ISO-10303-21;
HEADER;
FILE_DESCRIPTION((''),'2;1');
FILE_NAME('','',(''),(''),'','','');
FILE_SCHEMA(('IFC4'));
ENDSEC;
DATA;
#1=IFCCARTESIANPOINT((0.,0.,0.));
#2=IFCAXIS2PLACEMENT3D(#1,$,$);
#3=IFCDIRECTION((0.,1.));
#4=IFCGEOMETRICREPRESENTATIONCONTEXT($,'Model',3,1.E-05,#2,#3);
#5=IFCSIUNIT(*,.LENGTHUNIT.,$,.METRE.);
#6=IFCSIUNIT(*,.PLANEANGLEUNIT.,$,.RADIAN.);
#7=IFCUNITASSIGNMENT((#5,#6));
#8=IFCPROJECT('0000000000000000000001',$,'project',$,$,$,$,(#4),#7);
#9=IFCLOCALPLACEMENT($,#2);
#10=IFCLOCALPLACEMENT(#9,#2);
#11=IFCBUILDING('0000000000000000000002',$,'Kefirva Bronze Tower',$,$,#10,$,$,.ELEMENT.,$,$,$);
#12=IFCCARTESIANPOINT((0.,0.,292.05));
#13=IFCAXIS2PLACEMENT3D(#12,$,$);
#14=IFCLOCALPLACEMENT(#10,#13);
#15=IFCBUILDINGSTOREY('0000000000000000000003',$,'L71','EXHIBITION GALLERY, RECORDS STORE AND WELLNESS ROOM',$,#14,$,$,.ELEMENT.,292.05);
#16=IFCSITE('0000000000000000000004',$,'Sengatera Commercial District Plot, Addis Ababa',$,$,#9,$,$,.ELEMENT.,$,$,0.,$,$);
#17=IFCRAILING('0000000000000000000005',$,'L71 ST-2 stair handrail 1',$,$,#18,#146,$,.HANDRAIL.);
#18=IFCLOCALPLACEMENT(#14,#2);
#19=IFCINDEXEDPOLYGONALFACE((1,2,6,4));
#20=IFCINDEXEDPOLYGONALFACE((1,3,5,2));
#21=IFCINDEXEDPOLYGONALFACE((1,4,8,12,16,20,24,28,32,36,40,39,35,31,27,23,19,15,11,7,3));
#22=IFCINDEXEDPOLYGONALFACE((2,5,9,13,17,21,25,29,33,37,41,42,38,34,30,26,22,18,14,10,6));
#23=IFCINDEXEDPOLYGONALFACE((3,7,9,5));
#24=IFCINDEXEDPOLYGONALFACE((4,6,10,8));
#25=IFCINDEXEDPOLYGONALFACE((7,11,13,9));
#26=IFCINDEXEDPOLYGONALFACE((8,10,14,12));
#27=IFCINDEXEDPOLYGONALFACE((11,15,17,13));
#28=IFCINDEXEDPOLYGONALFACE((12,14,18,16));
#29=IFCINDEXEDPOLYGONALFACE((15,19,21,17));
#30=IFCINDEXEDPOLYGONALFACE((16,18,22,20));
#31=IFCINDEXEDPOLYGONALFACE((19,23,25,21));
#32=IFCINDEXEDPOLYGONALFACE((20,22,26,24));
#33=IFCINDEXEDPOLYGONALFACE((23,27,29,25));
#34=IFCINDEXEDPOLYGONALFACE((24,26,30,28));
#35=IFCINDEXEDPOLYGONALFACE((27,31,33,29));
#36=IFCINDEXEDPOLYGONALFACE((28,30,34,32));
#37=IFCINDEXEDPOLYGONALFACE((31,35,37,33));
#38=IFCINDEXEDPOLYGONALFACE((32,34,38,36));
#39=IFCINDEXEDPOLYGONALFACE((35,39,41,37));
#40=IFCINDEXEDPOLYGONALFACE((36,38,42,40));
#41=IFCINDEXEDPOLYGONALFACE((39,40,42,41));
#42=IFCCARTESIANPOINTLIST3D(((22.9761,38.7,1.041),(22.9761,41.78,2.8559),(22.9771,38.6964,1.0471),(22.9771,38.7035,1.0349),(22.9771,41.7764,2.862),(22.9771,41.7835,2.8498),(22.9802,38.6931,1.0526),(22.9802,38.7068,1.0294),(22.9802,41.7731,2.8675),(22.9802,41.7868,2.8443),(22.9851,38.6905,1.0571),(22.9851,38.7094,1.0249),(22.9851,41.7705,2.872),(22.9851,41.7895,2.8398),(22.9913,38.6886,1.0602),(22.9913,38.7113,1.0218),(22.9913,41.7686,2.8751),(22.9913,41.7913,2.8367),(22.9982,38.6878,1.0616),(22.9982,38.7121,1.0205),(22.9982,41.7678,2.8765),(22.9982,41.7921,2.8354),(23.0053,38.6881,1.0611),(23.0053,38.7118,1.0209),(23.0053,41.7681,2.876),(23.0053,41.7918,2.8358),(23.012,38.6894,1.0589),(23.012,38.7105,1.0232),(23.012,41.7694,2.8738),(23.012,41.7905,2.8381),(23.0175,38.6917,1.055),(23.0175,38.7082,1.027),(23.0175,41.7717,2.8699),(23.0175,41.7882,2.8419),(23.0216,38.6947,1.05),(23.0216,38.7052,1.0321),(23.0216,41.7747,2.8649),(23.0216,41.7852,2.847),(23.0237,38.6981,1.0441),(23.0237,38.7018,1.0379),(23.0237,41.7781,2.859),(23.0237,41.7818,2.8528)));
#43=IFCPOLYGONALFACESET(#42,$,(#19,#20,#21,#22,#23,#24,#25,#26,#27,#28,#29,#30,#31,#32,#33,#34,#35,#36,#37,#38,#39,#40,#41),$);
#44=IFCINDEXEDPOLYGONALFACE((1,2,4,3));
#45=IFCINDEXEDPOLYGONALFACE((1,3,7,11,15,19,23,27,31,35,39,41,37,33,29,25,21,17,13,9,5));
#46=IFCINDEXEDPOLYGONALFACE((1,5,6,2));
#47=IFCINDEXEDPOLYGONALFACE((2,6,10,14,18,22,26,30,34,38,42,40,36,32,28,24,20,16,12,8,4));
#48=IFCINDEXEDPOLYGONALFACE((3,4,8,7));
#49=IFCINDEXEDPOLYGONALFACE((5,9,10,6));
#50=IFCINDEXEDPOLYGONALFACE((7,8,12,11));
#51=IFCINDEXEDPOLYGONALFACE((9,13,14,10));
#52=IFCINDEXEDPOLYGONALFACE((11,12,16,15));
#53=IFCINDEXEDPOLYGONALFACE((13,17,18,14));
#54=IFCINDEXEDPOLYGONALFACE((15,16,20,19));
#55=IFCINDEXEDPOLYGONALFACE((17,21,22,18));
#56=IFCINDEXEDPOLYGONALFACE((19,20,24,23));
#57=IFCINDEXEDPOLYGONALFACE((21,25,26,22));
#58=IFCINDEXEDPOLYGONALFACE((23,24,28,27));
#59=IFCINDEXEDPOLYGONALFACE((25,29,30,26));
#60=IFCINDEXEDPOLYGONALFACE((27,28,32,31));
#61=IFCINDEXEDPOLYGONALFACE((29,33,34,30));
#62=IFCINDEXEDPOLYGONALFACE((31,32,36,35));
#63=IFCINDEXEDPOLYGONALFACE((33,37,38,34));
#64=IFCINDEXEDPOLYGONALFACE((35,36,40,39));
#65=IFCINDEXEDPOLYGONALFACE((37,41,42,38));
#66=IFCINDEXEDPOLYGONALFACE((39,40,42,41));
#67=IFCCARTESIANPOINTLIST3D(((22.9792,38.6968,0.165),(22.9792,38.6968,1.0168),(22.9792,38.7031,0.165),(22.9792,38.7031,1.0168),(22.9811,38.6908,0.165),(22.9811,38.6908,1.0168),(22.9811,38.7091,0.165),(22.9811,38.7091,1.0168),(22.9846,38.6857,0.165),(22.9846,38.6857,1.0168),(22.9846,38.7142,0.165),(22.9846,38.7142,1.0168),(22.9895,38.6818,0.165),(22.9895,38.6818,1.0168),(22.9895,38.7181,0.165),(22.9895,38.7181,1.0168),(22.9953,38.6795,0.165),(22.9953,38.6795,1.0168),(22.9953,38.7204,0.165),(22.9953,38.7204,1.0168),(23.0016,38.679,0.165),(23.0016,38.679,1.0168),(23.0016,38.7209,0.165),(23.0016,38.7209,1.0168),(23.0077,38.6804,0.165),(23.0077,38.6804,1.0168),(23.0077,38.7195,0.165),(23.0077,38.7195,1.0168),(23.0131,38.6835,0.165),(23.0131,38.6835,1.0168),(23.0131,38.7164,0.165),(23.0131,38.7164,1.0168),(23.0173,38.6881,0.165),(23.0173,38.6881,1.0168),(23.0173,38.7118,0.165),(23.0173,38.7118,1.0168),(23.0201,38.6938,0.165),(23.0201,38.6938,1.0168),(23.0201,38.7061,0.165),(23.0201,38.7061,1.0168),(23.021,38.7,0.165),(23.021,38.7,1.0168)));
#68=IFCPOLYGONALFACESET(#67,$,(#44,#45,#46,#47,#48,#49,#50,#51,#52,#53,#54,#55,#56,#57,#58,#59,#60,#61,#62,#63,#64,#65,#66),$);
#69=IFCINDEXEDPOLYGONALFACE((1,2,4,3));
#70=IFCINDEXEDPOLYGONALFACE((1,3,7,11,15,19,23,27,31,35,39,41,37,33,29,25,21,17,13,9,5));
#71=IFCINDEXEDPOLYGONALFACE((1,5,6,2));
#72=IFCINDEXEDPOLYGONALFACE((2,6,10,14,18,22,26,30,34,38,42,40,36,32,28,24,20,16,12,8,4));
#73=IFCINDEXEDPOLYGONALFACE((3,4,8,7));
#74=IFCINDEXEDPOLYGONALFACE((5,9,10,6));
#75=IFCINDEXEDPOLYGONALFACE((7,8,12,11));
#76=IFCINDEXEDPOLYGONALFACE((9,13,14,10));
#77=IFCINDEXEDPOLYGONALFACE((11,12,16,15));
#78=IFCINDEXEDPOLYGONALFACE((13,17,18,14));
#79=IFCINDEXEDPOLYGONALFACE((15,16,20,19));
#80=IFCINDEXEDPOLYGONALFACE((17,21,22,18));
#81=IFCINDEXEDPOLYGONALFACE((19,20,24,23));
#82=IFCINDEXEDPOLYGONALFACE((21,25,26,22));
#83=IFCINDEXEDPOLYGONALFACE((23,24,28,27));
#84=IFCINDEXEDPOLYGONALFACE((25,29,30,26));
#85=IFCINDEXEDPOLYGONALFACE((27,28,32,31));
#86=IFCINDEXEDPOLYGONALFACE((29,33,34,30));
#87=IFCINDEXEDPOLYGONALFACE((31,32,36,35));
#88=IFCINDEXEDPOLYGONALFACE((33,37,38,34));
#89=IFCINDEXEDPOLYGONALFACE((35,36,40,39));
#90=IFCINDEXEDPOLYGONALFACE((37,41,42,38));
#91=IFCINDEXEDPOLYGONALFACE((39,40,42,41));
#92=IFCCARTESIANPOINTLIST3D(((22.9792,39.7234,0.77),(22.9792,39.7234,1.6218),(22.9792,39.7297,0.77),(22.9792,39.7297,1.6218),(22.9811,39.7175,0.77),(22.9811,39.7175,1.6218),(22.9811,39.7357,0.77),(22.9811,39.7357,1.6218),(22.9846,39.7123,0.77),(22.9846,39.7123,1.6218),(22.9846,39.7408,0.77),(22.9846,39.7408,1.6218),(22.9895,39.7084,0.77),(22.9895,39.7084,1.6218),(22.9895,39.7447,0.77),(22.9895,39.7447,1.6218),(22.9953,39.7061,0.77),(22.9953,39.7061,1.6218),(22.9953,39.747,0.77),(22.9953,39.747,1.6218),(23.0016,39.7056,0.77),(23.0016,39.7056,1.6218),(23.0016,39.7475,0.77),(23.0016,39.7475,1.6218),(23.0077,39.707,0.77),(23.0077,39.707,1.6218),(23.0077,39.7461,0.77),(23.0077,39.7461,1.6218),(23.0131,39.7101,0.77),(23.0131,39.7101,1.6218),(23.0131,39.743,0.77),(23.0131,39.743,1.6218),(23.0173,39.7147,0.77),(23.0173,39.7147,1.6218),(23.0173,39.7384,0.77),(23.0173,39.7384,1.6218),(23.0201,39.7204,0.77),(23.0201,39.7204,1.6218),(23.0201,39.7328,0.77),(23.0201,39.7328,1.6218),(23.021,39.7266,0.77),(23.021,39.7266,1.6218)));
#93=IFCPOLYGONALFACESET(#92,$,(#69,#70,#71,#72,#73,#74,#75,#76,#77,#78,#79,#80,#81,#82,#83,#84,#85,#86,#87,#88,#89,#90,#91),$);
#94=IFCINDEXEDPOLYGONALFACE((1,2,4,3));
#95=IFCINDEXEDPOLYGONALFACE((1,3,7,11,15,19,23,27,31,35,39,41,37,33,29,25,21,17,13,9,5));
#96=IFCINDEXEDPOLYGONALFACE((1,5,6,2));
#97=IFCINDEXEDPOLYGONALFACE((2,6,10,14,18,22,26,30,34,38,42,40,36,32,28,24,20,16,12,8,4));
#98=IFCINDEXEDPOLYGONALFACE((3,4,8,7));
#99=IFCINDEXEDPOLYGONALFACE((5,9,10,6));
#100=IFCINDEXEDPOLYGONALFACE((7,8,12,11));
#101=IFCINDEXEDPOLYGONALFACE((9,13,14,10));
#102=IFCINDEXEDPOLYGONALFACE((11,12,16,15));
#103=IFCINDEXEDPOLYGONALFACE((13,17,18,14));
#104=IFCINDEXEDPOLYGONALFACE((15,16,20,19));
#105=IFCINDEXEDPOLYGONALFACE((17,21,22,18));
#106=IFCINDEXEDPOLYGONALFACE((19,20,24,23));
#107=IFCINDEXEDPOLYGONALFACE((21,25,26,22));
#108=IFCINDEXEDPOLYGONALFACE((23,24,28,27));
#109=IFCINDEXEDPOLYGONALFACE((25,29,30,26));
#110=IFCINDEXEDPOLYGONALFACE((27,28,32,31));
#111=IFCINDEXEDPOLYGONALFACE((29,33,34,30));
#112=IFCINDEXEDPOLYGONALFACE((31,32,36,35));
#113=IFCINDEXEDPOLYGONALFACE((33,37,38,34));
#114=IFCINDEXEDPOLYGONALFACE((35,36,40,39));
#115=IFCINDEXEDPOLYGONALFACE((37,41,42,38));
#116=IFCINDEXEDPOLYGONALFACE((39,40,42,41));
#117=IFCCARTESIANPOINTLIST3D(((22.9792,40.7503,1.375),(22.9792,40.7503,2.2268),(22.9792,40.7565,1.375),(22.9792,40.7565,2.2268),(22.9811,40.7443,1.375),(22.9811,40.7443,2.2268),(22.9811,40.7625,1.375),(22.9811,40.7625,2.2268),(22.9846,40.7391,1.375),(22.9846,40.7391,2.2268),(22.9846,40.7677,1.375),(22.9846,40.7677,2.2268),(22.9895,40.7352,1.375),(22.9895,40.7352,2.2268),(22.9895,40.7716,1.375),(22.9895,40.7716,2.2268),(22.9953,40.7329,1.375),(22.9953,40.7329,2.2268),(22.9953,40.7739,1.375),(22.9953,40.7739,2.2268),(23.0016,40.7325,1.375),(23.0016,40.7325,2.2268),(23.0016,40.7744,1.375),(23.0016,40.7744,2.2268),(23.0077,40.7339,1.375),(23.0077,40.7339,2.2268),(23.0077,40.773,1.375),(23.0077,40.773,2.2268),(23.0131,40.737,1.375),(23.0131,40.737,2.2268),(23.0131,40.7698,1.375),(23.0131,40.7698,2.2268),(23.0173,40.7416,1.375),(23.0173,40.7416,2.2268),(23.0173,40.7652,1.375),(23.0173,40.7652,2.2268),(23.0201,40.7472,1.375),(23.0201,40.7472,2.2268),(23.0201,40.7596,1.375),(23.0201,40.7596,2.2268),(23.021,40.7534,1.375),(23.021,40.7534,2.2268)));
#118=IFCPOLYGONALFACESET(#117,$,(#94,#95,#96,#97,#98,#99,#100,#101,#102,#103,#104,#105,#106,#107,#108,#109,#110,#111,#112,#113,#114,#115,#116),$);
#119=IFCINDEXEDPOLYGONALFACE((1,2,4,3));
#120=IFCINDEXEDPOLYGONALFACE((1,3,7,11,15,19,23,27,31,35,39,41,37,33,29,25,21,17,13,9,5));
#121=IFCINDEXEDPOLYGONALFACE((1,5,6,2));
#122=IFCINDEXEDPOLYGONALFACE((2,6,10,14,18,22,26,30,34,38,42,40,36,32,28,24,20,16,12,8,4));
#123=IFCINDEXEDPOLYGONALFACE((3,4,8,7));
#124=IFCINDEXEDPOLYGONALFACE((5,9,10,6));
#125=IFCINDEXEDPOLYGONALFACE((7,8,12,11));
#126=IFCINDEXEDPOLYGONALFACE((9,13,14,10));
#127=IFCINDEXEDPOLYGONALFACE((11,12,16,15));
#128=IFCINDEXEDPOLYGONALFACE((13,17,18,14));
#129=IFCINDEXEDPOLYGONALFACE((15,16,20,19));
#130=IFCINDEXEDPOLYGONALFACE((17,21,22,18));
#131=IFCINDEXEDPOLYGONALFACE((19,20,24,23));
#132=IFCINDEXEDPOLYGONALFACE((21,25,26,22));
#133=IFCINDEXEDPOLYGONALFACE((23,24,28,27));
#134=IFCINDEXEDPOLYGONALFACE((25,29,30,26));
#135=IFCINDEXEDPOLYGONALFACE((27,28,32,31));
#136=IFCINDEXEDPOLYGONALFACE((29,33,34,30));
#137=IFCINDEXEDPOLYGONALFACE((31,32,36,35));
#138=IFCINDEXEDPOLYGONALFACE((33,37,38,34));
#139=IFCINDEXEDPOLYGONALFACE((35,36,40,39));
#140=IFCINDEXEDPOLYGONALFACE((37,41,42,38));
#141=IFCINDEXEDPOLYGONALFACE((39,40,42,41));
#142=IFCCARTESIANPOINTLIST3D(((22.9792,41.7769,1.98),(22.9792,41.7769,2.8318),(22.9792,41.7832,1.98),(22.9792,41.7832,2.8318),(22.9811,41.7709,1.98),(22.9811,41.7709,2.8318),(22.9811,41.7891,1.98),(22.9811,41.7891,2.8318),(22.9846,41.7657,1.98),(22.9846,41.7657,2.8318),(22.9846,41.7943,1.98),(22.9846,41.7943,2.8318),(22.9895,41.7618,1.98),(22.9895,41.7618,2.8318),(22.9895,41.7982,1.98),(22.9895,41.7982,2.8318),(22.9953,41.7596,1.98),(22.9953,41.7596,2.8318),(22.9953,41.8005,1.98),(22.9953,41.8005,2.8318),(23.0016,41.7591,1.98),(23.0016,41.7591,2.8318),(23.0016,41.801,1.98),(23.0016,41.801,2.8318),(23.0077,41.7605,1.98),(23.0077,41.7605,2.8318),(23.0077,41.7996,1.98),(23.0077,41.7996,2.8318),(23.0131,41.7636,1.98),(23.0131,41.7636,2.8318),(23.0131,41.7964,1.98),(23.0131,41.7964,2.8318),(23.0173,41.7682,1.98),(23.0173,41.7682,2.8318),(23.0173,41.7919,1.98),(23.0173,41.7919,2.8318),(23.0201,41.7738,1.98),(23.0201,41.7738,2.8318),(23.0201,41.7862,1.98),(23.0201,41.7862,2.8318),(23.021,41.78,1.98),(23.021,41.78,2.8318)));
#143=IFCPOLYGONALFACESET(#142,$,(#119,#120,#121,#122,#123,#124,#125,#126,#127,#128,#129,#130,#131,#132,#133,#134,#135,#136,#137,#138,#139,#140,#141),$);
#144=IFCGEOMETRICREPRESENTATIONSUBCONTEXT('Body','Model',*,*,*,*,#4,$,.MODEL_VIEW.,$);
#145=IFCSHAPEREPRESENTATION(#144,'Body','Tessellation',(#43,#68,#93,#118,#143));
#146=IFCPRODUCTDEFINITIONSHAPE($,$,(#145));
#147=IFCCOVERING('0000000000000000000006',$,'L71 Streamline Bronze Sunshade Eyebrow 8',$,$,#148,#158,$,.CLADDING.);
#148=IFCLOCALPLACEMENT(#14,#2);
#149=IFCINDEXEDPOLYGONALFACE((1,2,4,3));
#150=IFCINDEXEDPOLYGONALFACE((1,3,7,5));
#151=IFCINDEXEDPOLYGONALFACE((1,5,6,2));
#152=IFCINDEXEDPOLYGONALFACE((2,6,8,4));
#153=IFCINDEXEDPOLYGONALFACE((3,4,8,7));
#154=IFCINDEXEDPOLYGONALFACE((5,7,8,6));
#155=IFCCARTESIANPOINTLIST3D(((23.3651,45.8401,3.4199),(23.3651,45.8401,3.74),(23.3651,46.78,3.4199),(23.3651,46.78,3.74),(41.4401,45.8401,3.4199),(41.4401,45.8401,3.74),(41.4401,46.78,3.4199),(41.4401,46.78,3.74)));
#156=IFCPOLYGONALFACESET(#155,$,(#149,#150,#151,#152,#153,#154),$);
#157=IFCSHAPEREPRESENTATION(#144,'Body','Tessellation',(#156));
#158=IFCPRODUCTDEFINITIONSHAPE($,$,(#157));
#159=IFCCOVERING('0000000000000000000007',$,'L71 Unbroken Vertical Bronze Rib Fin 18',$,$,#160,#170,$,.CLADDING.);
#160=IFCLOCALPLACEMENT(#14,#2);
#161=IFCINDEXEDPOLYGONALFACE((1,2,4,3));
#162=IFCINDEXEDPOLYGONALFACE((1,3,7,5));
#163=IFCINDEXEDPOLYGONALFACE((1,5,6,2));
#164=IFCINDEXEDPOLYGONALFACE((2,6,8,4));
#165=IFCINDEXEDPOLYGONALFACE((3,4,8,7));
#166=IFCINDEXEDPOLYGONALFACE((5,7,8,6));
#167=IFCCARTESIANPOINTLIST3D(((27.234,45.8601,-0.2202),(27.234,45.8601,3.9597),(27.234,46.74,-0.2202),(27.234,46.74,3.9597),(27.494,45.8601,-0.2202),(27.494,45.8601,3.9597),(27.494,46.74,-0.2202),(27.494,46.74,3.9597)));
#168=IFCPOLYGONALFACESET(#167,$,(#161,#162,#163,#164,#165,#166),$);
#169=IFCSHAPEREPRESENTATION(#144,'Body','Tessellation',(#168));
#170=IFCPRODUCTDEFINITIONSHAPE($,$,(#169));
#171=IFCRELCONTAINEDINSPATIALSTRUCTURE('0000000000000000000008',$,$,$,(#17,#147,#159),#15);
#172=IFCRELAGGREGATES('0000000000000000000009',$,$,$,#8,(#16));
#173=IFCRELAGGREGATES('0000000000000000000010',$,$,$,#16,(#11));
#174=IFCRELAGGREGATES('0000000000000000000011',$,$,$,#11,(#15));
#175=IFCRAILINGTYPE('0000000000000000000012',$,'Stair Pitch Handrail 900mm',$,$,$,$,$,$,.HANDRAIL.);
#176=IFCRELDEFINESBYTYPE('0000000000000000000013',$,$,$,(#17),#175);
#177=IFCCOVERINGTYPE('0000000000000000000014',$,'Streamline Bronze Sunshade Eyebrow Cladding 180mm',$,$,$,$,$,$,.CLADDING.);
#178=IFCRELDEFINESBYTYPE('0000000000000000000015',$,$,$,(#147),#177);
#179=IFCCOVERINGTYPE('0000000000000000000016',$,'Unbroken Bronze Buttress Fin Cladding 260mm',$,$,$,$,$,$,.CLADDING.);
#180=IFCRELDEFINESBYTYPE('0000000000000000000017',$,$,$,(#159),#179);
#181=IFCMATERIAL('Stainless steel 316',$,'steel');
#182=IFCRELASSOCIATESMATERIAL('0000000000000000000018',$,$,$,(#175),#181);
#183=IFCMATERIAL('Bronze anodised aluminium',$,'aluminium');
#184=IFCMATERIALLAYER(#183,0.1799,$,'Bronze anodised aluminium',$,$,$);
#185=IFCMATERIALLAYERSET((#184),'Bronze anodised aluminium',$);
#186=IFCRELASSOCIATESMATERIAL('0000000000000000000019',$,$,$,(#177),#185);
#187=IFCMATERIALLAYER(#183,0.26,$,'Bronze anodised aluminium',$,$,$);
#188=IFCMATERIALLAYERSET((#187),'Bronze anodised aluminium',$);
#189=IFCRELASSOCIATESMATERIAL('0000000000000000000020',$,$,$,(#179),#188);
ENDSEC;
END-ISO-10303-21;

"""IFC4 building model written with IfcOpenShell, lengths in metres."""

from ifc_helpers import new_model, si_unit, direction, frame, origin, origin_2d, place, context, subcontext, project, spatial, rectangle, circle, extrude, material, layer, layer_set, type_object, element, save


model = new_model("IFC4")

# Units and contexts
model_context = context("Model", 3, precision=1e-05, world=origin(), true_north=direction((0.0, 1.0)))
body_context = subcontext(model_context, "Body", "Model", "MODEL_VIEW")
ifc_project = project(units=[si_unit("LENGTHUNIT", "METRE"), si_unit("PLANEANGLEUNIT", "RADIAN")], contexts=[model_context])

# Site, building, storey
site_placement = place(None, origin())
site = spatial("IfcSite", under=ifc_project, at=site_placement, Name="Sengatera Commercial District Plot, Addis Ababa", CompositionType="ELEMENT", RefElevation=0.0)
building_placement = place(site_placement, origin())
building = spatial("IfcBuilding", under=site, at=building_placement, Name="Kefirva Bronze Tower", CompositionType="ELEMENT")
storey_placement = place(building_placement, frame((0.0, 0.0, 292.05)))
storey = spatial("IfcBuildingStorey", under=building, at=storey_placement, Name="L71", Description="EXHIBITION GALLERY, RECORDS STORE AND WELLNESS ROOM", CompositionType="ELEMENT", Elevation=292.05)

# Shared definitions
ifc_material_1 = material(Name="Bronze anodised aluminium", Category="aluminium")

# Railing
ifc_material_2 = material(Name="Stainless steel 316", Category="steel")
railing_type_1 = type_object("IfcRailingType", Name="Stair Pitch Handrail 900mm", PredefinedType="HANDRAIL", material=ifc_material_2)
railing_1_placement = place(storey_placement, frame((23.0, 38.7, 0.165)))
element("IfcRailing", 1, at=railing_1_placement, inside=storey, type_object=railing_type_1, Name="L71 ST-2 stair handrail 1", PredefinedType="HANDRAIL", context=body_context, shape_type="SweptSolid", body=[
    extrude(circle(Radius=0.0239, at=origin_2d()), frame((0.0, 0.0, 0.876), z_axis=(0.0, 0.861551, 0.507671), x_axis=(-1.0, 0.0, 0.0)), (0.0, 0.0, 1.0), 3.575),
    extrude(circle(Radius=0.021, at=origin_2d()), origin(), (0.0, 0.0, 1.0), 0.8518),
    extrude(circle(Radius=0.021, at=origin_2d()), frame((0.0, 1.0266, 0.605)), (0.0, 0.0, 1.0), 0.8518),
    extrude(circle(Radius=0.021, at=origin_2d()), frame((0.0, 2.0535, 1.21)), (0.0, 0.0, 1.0), 0.8518),
    extrude(circle(Radius=0.021, at=origin_2d()), frame((0.0, 3.0801, 1.8149)), (0.0, 0.0, 1.0), 0.8518),
])

# Coverings
ifc_layer_1 = layer(ifc_material_1, 0.1799, Name="Bronze anodised aluminium")
ifc_layer_set_1 = layer_set([ifc_layer_1], Name="Bronze anodised aluminium")
covering_type_1 = type_object("IfcCoveringType", Name="Streamline Bronze Sunshade Eyebrow Cladding 180mm", PredefinedType="CLADDING", material=ifc_layer_set_1)
covering_1_placement = place(storey_placement, frame((32.4026, 46.3101, 3.4199), z_axis=(0.0, 0.0, 1.0), x_axis=(-1.0, 0.0, 0.0)))
element("IfcCovering", 2, at=covering_1_placement, inside=storey, type_object=covering_type_1, Name="L71 Streamline Bronze Sunshade Eyebrow 8", PredefinedType="CLADDING", context=body_context, shape_type="SweptSolid", body=[
    extrude(rectangle(XDim=18.075, YDim=0.9399, at=origin_2d()), origin(), (0.0, 0.0, 1.0), 0.3201),
])
ifc_layer_2 = layer(ifc_material_1, 0.26, Name="Bronze anodised aluminium")
ifc_layer_set_2 = layer_set([ifc_layer_2], Name="Bronze anodised aluminium")
covering_type_2 = type_object("IfcCoveringType", Name="Unbroken Bronze Buttress Fin Cladding 260mm", PredefinedType="CLADDING", material=ifc_layer_set_2)
covering_2_placement = place(storey_placement, frame((27.364, 46.3, -0.2202), z_axis=(0.0, 0.0, 1.0), x_axis=(-1.0, 0.0, 0.0)))
element("IfcCovering", 3, at=covering_2_placement, inside=storey, type_object=covering_type_2, Name="L71 Unbroken Vertical Bronze Rib Fin 18", PredefinedType="CLADDING", context=body_context, shape_type="SweptSolid", body=[
    extrude(rectangle(XDim=0.26, YDim=0.8799, at=origin_2d()), origin(), (0.0, 0.0, 1.0), 4.1799),
])

save(model, "model.ifc")
